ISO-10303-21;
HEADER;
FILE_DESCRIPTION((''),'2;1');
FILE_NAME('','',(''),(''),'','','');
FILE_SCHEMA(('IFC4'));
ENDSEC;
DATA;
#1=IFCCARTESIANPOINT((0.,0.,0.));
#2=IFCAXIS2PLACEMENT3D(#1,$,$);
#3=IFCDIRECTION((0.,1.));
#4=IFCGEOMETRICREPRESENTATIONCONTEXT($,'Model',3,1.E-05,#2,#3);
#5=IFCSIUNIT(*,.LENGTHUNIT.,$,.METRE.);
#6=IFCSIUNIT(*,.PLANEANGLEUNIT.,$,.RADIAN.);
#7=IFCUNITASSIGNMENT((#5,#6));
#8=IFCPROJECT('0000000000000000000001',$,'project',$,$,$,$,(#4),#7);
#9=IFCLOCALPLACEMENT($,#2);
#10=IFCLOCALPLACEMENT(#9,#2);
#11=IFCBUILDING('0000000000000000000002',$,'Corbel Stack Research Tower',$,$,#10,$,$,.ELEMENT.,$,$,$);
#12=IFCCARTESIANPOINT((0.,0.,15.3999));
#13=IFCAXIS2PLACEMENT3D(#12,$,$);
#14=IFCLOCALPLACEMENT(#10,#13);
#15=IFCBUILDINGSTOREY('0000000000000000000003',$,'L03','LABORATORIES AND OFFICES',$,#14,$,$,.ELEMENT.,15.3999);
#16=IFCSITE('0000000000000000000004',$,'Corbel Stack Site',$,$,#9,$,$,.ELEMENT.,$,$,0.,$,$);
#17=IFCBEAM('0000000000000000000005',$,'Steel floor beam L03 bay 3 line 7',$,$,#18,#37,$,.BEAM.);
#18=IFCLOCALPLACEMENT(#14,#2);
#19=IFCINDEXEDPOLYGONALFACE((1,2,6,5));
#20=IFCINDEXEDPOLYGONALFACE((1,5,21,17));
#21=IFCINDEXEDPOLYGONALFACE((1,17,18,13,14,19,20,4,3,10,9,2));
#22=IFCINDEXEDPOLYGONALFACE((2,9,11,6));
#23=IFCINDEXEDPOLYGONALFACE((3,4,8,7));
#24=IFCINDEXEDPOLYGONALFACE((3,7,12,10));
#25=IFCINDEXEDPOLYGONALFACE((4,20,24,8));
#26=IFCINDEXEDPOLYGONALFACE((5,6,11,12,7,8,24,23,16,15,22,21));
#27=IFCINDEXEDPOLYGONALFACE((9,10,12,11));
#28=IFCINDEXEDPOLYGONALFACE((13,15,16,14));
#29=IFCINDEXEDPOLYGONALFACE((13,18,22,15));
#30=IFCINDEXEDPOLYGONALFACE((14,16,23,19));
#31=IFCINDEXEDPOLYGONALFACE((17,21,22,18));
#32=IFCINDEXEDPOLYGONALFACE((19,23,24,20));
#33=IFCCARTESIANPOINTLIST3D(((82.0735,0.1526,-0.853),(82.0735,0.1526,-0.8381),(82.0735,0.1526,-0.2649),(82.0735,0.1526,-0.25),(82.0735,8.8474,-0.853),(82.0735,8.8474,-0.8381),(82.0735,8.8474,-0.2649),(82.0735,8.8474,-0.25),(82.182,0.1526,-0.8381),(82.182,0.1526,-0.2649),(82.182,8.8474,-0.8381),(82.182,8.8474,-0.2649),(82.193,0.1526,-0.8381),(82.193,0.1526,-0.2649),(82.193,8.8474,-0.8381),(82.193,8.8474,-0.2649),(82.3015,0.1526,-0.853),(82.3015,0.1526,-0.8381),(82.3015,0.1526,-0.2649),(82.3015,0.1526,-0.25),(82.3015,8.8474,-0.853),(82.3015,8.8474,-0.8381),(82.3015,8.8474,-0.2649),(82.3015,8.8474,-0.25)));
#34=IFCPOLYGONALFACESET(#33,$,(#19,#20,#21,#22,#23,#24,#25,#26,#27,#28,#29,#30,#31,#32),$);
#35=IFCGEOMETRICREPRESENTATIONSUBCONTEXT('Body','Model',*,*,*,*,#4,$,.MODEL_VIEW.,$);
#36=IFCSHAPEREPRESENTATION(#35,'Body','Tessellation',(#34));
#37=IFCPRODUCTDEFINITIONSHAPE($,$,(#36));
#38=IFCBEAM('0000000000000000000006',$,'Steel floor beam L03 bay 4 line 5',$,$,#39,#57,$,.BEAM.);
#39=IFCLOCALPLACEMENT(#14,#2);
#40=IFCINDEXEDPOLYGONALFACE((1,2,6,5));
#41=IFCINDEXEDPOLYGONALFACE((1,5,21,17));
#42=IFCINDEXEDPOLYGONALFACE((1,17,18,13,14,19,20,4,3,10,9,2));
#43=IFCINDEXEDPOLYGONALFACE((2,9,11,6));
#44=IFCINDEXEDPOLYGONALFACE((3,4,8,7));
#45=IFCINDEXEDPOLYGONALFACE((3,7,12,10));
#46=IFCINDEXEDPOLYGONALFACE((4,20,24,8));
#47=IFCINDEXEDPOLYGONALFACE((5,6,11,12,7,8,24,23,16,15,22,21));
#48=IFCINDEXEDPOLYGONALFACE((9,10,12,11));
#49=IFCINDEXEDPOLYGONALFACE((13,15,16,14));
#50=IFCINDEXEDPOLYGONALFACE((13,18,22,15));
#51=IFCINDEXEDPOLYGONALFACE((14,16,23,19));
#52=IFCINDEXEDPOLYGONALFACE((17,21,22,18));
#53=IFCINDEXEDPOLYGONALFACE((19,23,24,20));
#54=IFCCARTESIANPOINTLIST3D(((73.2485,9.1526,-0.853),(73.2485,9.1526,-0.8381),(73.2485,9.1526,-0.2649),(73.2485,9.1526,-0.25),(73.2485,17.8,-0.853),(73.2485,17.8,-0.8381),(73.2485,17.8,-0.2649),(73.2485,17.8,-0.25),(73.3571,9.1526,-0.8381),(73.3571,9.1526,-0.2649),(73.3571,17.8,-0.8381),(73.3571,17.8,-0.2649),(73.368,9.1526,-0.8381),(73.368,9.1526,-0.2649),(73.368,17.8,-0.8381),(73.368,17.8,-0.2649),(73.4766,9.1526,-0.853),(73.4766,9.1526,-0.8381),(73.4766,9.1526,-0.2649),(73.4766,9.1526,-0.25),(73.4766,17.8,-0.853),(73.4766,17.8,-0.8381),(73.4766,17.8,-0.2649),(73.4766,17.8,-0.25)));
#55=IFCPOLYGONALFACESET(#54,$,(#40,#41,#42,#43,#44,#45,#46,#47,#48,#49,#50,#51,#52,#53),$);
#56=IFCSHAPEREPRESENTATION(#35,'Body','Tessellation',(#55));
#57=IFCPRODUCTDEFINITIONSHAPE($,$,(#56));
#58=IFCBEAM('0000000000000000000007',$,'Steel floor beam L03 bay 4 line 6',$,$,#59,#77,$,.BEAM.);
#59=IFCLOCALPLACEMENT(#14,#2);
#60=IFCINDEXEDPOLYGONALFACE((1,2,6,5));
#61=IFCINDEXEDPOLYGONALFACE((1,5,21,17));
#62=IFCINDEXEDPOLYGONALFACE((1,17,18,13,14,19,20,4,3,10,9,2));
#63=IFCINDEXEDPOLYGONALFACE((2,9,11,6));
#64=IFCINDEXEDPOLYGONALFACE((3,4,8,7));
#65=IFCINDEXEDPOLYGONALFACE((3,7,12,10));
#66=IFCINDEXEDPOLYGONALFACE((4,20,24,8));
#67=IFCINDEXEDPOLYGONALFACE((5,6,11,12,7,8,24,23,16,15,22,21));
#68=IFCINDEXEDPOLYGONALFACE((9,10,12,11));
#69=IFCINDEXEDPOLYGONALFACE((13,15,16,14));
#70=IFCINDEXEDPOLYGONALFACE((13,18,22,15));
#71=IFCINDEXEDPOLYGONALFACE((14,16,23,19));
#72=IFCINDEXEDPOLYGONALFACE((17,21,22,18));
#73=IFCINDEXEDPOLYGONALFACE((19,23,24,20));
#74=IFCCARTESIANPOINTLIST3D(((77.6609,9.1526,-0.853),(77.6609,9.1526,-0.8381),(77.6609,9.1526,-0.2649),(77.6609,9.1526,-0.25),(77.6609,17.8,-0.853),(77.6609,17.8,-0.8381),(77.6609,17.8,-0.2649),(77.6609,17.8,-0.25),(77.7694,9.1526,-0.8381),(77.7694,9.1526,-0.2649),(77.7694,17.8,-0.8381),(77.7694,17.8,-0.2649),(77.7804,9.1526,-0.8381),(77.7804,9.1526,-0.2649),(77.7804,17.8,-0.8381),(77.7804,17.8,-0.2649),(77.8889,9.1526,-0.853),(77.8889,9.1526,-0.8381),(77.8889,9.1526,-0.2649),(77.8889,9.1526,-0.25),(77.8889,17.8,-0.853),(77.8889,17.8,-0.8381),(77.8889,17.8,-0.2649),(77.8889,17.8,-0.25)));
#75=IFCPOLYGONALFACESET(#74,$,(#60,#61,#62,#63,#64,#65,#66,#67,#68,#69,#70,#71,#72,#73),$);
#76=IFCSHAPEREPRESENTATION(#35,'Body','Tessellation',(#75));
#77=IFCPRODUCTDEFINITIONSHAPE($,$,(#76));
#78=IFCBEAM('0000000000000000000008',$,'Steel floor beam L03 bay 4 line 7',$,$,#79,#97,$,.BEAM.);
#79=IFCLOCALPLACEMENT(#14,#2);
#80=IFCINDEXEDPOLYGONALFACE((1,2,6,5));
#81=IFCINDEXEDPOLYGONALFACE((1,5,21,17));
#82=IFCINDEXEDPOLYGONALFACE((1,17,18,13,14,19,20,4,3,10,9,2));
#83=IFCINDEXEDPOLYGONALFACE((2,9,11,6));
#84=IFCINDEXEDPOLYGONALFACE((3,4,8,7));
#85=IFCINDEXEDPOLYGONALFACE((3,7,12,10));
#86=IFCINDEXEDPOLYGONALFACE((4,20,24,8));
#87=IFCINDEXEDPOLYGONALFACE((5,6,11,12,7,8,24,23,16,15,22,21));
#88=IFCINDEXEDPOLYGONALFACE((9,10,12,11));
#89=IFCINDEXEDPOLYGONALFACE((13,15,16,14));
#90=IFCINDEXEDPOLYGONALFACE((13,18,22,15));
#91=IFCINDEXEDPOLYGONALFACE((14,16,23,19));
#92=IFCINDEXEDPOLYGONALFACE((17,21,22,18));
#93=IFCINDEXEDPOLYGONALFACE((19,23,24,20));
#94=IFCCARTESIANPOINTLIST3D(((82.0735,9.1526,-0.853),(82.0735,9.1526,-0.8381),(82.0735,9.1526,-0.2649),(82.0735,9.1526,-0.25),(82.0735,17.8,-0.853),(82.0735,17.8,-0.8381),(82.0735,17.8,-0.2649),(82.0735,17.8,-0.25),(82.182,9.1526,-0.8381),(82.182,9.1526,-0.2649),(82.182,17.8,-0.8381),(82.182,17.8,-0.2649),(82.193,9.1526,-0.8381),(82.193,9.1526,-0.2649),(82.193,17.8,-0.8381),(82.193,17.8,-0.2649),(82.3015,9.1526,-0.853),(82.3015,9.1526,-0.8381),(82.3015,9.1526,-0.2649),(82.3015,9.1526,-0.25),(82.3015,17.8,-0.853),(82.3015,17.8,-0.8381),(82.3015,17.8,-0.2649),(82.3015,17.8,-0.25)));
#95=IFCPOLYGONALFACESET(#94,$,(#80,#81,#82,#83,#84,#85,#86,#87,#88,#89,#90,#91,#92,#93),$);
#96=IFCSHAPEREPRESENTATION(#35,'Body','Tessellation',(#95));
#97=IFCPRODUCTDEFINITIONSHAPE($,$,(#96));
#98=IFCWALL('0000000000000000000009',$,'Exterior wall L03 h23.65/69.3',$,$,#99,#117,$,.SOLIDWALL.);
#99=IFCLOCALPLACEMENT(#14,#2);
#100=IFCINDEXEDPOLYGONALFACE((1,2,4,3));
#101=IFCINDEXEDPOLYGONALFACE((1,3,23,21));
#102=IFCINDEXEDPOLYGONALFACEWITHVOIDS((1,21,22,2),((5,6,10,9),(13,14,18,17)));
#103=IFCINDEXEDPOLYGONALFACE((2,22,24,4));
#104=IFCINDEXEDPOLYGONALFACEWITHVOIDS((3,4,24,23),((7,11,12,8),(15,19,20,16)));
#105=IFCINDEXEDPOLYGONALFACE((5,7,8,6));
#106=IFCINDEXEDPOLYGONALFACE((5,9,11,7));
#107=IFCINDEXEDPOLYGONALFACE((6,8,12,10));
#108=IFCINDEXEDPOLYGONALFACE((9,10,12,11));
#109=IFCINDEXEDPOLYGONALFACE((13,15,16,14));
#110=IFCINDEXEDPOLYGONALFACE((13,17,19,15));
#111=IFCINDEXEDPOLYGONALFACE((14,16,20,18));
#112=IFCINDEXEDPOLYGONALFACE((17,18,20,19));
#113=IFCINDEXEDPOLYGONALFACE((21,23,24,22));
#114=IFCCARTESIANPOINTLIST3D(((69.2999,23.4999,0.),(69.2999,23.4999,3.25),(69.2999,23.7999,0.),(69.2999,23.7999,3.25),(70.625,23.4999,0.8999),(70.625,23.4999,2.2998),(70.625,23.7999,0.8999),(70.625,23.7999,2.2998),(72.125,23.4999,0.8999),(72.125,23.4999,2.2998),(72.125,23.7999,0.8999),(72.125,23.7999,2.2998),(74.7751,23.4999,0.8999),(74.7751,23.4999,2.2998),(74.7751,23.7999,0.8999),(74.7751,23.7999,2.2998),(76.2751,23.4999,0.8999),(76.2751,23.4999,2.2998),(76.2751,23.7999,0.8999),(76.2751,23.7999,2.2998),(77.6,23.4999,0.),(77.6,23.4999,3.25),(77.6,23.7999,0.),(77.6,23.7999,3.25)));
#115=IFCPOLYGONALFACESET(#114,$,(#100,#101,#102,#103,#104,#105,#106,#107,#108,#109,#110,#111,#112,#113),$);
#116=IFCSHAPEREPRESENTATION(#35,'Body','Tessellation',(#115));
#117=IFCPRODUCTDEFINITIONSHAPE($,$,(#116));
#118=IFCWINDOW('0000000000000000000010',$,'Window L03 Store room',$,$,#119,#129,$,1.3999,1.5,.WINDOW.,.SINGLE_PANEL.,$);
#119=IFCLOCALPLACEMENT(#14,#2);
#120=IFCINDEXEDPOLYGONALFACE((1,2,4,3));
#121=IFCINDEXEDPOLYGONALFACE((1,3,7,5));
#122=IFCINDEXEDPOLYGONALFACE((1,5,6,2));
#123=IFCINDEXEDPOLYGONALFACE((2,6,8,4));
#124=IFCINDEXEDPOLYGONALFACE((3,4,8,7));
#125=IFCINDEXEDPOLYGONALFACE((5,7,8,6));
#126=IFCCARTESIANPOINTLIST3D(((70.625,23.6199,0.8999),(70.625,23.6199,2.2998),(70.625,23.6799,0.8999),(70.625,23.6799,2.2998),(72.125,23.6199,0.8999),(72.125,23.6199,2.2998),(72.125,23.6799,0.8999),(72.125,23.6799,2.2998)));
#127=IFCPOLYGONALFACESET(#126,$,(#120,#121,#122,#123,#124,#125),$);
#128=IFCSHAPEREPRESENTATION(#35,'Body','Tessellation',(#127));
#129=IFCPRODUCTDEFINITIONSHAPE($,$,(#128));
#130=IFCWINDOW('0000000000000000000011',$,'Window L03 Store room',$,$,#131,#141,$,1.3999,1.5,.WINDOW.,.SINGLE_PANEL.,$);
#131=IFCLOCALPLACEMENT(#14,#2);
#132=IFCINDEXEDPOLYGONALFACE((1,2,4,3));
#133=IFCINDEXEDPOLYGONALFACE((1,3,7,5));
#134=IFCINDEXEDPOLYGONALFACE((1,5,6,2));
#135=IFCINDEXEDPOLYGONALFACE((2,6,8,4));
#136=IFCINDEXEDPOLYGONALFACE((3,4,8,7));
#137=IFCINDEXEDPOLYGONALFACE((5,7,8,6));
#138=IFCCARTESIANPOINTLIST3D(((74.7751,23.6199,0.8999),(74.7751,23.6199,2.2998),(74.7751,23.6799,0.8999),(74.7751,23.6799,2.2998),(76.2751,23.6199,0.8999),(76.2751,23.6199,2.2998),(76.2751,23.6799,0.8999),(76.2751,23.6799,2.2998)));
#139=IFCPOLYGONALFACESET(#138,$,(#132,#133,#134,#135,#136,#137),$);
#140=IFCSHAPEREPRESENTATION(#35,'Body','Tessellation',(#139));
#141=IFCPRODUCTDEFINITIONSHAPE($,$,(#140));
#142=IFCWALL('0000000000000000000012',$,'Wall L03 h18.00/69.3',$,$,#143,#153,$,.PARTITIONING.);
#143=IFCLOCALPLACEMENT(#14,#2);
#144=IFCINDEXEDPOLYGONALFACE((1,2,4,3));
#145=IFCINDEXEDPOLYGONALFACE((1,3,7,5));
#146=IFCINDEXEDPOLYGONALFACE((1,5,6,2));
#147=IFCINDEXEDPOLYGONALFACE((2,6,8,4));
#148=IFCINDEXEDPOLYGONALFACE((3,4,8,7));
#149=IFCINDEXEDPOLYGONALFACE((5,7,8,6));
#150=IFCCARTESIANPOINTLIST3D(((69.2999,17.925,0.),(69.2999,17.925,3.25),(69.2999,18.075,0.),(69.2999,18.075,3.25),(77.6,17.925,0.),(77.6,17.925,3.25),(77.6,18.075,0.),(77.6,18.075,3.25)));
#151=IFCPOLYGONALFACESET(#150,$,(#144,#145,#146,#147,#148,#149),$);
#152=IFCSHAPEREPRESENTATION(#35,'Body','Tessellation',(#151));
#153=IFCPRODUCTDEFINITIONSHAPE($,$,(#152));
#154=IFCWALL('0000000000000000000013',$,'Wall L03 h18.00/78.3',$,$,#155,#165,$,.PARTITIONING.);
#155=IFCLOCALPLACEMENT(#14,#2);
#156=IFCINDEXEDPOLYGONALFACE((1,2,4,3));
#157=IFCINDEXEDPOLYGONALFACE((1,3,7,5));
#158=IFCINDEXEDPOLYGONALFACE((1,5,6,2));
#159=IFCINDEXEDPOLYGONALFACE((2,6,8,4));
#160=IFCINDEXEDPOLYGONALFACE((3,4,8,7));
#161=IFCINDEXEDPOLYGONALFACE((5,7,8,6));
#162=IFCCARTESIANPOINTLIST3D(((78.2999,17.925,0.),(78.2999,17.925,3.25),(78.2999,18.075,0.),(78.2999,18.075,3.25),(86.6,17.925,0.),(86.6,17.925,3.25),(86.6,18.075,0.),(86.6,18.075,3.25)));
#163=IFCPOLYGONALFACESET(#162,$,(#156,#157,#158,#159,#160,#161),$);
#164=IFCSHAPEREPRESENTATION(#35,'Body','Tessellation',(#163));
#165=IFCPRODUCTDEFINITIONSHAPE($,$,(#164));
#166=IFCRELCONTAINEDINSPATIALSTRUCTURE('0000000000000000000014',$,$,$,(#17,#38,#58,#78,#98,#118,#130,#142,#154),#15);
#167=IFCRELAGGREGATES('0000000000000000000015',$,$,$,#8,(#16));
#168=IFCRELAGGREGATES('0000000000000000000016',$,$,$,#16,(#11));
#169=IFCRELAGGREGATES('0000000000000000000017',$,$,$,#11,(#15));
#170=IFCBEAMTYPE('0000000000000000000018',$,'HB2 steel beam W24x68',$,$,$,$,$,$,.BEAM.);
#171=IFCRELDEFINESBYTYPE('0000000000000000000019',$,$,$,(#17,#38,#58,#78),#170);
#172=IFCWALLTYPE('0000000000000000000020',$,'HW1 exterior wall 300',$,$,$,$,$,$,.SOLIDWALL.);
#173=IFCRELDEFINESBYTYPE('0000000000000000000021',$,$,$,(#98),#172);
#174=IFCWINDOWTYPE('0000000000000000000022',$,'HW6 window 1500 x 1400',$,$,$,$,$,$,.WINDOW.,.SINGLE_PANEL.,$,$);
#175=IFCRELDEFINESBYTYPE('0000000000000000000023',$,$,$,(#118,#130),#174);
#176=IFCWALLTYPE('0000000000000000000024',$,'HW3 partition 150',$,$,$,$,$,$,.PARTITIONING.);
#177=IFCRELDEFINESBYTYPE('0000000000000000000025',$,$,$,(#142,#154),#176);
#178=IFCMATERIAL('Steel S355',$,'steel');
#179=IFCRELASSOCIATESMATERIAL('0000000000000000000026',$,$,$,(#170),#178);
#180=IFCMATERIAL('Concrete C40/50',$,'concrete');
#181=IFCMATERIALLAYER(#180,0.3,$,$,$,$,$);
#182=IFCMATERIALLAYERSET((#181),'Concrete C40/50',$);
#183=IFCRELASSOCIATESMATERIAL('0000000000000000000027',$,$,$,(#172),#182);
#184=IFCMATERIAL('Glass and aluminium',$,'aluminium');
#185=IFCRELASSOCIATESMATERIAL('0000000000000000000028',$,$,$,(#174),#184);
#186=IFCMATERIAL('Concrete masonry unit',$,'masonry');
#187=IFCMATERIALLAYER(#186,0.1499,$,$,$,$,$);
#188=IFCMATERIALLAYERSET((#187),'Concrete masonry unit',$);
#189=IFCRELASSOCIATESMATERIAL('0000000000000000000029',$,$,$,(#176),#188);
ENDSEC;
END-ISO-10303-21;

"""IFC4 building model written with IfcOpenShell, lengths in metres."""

from ifc_helpers import new_model, si_unit, direction, frame, frame_2d, origin, origin_2d, place, context, subcontext, project, spatial, rectangle, i_section, extrude, material, layer, layer_set, material_profile, profile_set, type_object, element, fill, save


model = new_model("IFC4")

# Units and contexts
model_context = context("Model", 3, precision=1e-05, world=origin(), true_north=direction((0.0, 1.0)))
body_context = subcontext(model_context, "Body", "Model", "MODEL_VIEW")
ifc_project = project(units=[si_unit("LENGTHUNIT", "METRE"), si_unit("PLANEANGLEUNIT", "RADIAN")], contexts=[model_context])

# Site, building, storey
site_placement = place(None, origin())
site = spatial("IfcSite", under=ifc_project, at=site_placement, Name="Corbel Stack Site", CompositionType="ELEMENT", RefElevation=0.0)
building_placement = place(site_placement, origin())
building = spatial("IfcBuilding", under=site, at=building_placement, Name="Corbel Stack Research Tower", CompositionType="ELEMENT")
storey_placement = place(building_placement, frame((0.0, 0.0, 15.3999)))
storey = spatial("IfcBuildingStorey", under=building, at=storey_placement, Name="L03", Description="LABORATORIES AND OFFICES", CompositionType="ELEMENT", Elevation=15.3999)

# Beams
ifc_material_1 = material(Name="Steel S355", Category="steel")
ifc_material_profile_1 = material_profile(ifc_material_1, i_section(OverallWidth=0.228, OverallDepth=0.603, WebThickness=0.011, FlangeThickness=0.0149, at=origin_2d()), Name="W24x68")
ifc_profile_set_1 = profile_set([ifc_material_profile_1], Name="Steel S355")
beam_type_1 = type_object("IfcBeamType", Name="HB2 steel beam W24x68", PredefinedType="BEAM", material=ifc_profile_set_1)
for number, where, z_axis, x_axis, name in (
    (1, (82.1875, 0.1526, -0.5515), (0.0, 1.0, 0.0), (-1.0, 0.0, 0.0), "Steel floor beam L03 bay 3 line 7"),
):
    element("IfcBeam", number, at=place(storey_placement, frame(where, z_axis=z_axis, x_axis=x_axis)), inside=storey, type_object=beam_type_1, Name=name, PredefinedType="BEAM", context=body_context, shape_type="SweptSolid", body=[
        extrude(i_section(OverallWidth=0.228, OverallDepth=0.603, WebThickness=0.011, FlangeThickness=0.0149, at=origin_2d()), origin(), (0.0, 0.0, 1.0), 8.6948),
    ])
for number, where, z_axis, x_axis, name in (
    (2, (73.3625, 9.1526, -0.5515), (0.0, 1.0, 0.0), (-1.0, 0.0, 0.0), "Steel floor beam L03 bay 4 line 5"),
    (3, (77.7749, 9.1526, -0.5515), (0.0, 1.0, 0.0), (-1.0, 0.0, 0.0), "Steel floor beam L03 bay 4 line 6"),
    (4, (82.1875, 9.1526, -0.5515), (0.0, 1.0, 0.0), (-1.0, 0.0, 0.0), "Steel floor beam L03 bay 4 line 7"),
):
    element("IfcBeam", number, at=place(storey_placement, frame(where, z_axis=z_axis, x_axis=x_axis)), inside=storey, type_object=beam_type_1, Name=name, PredefinedType="BEAM", context=body_context, shape_type="SweptSolid", body=[
        extrude(i_section(OverallWidth=0.228, OverallDepth=0.603, WebThickness=0.011, FlangeThickness=0.0149, at=origin_2d()), origin(), (0.0, 0.0, 1.0), 8.6475),
    ])

# Wall, openings, windows
ifc_material_2 = material(Name="Concrete C40/50", Category="concrete")
ifc_layer_1 = layer(ifc_material_2, 0.3)
ifc_layer_set_1 = layer_set([ifc_layer_1], Name="Concrete C40/50")
wall_type_1 = type_object("IfcWallType", Name="HW1 exterior wall 300", PredefinedType="SOLIDWALL", material=ifc_layer_set_1)
wall_1_placement = place(storey_placement, frame((69.3, 23.6499, 0.0), z_axis=(0.0, 0.0, 1.0), x_axis=(1.0, 0.0, 0.0)))
wall_1 = element("IfcWall", 5, at=wall_1_placement, inside=storey, type_object=wall_type_1, Name="Exterior wall L03 h23.65/69.3", PredefinedType="SOLIDWALL", context=body_context, shape_type="SweptSolid", body=[
    extrude(rectangle(XDim=8.3, YDim=0.3, at=frame_2d((4.1499, 0.0))), origin(), (0.0, 0.0, 1.0), 3.25),
])
opening_1_placement = place(wall_1_placement, frame((1.325, 0.0, 0.8999)))
opening_1 = element("IfcOpeningElement", 6, at=opening_1_placement, cuts=wall_1, PredefinedType="OPENING", context=body_context, shape_type="SweptSolid", body=[
    extrude(rectangle(XDim=1.5, YDim=1.3999, at=frame_2d((0.75, 0.7))), frame((0.0, 0.1599, 0.0), z_axis=(0.0, -1.0, 0.0), x_axis=(1.0, 0.0, 0.0)), (0.0, 0.0, 1.0), 0.3201),
])
opening_2_placement = place(wall_1_placement, frame((5.4751, 0.0, 0.8999)))
opening_2 = element("IfcOpeningElement", 7, at=opening_2_placement, cuts=wall_1, PredefinedType="OPENING", context=body_context, shape_type="SweptSolid", body=[
    extrude(rectangle(XDim=1.5, YDim=1.3999, at=frame_2d((0.75, 0.7))), frame((0.0, 0.1599, 0.0), z_axis=(0.0, -1.0, 0.0), x_axis=(1.0, 0.0, 0.0)), (0.0, 0.0, 1.0), 0.3201),
])
ifc_material_3 = material(Name="Glass and aluminium", Category="aluminium")
window_type = type_object("IfcWindowType", Name="HW6 window 1500 x 1400", PartitioningType="SINGLE_PANEL", PredefinedType="WINDOW", material=ifc_material_3)
window_1_placement = place(opening_1_placement, origin())
window_1 = element("IfcWindow", 8, at=window_1_placement, inside=storey, type_object=window_type, Name="Window L03 Store room", OverallHeight=1.3999, OverallWidth=1.5, PartitioningType="SINGLE_PANEL", PredefinedType="WINDOW", context=body_context, shape_type="SweptSolid", body=[
    extrude(rectangle(XDim=1.5, YDim=1.3999, at=frame_2d((0.75, 0.7))), frame((0.0, 0.03, 0.0), z_axis=(0.0, -1.0, 0.0), x_axis=(1.0, 0.0, 0.0)), (0.0, 0.0, 1.0), 0.0601),
])
fill(opening_1, window_1)
window_2_placement = place(opening_2_placement, origin())
window_2 = element("IfcWindow", 9, at=window_2_placement, inside=storey, type_object=window_type, Name="Window L03 Store room", OverallHeight=1.3999, OverallWidth=1.5, PartitioningType="SINGLE_PANEL", PredefinedType="WINDOW", context=body_context, shape_type="SweptSolid", body=[
    extrude(rectangle(XDim=1.5, YDim=1.3999, at=frame_2d((0.75, 0.7))), frame((0.0, 0.03, 0.0), z_axis=(0.0, -1.0, 0.0), x_axis=(1.0, 0.0, 0.0)), (0.0, 0.0, 1.0), 0.0601),
])
fill(opening_2, window_2)

# Walls
ifc_material_4 = material(Name="Concrete masonry unit", Category="masonry")
ifc_layer_2 = layer(ifc_material_4, 0.1499)
ifc_layer_set_2 = layer_set([ifc_layer_2], Name="Concrete masonry unit")
wall_type_2 = type_object("IfcWallType", Name="HW3 partition 150", PredefinedType="PARTITIONING", material=ifc_layer_set_2)
for number, where, z_axis, x_axis, name in (
    (10, (69.3, 18.0, 0.0), (0.0, 0.0, 1.0), (1.0, 0.0, 0.0), "Wall L03 h18.00/69.3"),
    (11, (78.3, 18.0, 0.0), (0.0, 0.0, 1.0), (1.0, 0.0, 0.0), "Wall L03 h18.00/78.3"),
):
    element("IfcWall", number, at=place(storey_placement, frame(where, z_axis=z_axis, x_axis=x_axis)), inside=storey, type_object=wall_type_2, Name=name, PredefinedType="PARTITIONING", context=body_context, shape_type="SweptSolid", body=[
        extrude(rectangle(XDim=8.3, YDim=0.1499, at=frame_2d((4.1499, 0.0))), origin(), (0.0, 0.0, 1.0), 3.25),
    ])

save(model, "model.ifc")
